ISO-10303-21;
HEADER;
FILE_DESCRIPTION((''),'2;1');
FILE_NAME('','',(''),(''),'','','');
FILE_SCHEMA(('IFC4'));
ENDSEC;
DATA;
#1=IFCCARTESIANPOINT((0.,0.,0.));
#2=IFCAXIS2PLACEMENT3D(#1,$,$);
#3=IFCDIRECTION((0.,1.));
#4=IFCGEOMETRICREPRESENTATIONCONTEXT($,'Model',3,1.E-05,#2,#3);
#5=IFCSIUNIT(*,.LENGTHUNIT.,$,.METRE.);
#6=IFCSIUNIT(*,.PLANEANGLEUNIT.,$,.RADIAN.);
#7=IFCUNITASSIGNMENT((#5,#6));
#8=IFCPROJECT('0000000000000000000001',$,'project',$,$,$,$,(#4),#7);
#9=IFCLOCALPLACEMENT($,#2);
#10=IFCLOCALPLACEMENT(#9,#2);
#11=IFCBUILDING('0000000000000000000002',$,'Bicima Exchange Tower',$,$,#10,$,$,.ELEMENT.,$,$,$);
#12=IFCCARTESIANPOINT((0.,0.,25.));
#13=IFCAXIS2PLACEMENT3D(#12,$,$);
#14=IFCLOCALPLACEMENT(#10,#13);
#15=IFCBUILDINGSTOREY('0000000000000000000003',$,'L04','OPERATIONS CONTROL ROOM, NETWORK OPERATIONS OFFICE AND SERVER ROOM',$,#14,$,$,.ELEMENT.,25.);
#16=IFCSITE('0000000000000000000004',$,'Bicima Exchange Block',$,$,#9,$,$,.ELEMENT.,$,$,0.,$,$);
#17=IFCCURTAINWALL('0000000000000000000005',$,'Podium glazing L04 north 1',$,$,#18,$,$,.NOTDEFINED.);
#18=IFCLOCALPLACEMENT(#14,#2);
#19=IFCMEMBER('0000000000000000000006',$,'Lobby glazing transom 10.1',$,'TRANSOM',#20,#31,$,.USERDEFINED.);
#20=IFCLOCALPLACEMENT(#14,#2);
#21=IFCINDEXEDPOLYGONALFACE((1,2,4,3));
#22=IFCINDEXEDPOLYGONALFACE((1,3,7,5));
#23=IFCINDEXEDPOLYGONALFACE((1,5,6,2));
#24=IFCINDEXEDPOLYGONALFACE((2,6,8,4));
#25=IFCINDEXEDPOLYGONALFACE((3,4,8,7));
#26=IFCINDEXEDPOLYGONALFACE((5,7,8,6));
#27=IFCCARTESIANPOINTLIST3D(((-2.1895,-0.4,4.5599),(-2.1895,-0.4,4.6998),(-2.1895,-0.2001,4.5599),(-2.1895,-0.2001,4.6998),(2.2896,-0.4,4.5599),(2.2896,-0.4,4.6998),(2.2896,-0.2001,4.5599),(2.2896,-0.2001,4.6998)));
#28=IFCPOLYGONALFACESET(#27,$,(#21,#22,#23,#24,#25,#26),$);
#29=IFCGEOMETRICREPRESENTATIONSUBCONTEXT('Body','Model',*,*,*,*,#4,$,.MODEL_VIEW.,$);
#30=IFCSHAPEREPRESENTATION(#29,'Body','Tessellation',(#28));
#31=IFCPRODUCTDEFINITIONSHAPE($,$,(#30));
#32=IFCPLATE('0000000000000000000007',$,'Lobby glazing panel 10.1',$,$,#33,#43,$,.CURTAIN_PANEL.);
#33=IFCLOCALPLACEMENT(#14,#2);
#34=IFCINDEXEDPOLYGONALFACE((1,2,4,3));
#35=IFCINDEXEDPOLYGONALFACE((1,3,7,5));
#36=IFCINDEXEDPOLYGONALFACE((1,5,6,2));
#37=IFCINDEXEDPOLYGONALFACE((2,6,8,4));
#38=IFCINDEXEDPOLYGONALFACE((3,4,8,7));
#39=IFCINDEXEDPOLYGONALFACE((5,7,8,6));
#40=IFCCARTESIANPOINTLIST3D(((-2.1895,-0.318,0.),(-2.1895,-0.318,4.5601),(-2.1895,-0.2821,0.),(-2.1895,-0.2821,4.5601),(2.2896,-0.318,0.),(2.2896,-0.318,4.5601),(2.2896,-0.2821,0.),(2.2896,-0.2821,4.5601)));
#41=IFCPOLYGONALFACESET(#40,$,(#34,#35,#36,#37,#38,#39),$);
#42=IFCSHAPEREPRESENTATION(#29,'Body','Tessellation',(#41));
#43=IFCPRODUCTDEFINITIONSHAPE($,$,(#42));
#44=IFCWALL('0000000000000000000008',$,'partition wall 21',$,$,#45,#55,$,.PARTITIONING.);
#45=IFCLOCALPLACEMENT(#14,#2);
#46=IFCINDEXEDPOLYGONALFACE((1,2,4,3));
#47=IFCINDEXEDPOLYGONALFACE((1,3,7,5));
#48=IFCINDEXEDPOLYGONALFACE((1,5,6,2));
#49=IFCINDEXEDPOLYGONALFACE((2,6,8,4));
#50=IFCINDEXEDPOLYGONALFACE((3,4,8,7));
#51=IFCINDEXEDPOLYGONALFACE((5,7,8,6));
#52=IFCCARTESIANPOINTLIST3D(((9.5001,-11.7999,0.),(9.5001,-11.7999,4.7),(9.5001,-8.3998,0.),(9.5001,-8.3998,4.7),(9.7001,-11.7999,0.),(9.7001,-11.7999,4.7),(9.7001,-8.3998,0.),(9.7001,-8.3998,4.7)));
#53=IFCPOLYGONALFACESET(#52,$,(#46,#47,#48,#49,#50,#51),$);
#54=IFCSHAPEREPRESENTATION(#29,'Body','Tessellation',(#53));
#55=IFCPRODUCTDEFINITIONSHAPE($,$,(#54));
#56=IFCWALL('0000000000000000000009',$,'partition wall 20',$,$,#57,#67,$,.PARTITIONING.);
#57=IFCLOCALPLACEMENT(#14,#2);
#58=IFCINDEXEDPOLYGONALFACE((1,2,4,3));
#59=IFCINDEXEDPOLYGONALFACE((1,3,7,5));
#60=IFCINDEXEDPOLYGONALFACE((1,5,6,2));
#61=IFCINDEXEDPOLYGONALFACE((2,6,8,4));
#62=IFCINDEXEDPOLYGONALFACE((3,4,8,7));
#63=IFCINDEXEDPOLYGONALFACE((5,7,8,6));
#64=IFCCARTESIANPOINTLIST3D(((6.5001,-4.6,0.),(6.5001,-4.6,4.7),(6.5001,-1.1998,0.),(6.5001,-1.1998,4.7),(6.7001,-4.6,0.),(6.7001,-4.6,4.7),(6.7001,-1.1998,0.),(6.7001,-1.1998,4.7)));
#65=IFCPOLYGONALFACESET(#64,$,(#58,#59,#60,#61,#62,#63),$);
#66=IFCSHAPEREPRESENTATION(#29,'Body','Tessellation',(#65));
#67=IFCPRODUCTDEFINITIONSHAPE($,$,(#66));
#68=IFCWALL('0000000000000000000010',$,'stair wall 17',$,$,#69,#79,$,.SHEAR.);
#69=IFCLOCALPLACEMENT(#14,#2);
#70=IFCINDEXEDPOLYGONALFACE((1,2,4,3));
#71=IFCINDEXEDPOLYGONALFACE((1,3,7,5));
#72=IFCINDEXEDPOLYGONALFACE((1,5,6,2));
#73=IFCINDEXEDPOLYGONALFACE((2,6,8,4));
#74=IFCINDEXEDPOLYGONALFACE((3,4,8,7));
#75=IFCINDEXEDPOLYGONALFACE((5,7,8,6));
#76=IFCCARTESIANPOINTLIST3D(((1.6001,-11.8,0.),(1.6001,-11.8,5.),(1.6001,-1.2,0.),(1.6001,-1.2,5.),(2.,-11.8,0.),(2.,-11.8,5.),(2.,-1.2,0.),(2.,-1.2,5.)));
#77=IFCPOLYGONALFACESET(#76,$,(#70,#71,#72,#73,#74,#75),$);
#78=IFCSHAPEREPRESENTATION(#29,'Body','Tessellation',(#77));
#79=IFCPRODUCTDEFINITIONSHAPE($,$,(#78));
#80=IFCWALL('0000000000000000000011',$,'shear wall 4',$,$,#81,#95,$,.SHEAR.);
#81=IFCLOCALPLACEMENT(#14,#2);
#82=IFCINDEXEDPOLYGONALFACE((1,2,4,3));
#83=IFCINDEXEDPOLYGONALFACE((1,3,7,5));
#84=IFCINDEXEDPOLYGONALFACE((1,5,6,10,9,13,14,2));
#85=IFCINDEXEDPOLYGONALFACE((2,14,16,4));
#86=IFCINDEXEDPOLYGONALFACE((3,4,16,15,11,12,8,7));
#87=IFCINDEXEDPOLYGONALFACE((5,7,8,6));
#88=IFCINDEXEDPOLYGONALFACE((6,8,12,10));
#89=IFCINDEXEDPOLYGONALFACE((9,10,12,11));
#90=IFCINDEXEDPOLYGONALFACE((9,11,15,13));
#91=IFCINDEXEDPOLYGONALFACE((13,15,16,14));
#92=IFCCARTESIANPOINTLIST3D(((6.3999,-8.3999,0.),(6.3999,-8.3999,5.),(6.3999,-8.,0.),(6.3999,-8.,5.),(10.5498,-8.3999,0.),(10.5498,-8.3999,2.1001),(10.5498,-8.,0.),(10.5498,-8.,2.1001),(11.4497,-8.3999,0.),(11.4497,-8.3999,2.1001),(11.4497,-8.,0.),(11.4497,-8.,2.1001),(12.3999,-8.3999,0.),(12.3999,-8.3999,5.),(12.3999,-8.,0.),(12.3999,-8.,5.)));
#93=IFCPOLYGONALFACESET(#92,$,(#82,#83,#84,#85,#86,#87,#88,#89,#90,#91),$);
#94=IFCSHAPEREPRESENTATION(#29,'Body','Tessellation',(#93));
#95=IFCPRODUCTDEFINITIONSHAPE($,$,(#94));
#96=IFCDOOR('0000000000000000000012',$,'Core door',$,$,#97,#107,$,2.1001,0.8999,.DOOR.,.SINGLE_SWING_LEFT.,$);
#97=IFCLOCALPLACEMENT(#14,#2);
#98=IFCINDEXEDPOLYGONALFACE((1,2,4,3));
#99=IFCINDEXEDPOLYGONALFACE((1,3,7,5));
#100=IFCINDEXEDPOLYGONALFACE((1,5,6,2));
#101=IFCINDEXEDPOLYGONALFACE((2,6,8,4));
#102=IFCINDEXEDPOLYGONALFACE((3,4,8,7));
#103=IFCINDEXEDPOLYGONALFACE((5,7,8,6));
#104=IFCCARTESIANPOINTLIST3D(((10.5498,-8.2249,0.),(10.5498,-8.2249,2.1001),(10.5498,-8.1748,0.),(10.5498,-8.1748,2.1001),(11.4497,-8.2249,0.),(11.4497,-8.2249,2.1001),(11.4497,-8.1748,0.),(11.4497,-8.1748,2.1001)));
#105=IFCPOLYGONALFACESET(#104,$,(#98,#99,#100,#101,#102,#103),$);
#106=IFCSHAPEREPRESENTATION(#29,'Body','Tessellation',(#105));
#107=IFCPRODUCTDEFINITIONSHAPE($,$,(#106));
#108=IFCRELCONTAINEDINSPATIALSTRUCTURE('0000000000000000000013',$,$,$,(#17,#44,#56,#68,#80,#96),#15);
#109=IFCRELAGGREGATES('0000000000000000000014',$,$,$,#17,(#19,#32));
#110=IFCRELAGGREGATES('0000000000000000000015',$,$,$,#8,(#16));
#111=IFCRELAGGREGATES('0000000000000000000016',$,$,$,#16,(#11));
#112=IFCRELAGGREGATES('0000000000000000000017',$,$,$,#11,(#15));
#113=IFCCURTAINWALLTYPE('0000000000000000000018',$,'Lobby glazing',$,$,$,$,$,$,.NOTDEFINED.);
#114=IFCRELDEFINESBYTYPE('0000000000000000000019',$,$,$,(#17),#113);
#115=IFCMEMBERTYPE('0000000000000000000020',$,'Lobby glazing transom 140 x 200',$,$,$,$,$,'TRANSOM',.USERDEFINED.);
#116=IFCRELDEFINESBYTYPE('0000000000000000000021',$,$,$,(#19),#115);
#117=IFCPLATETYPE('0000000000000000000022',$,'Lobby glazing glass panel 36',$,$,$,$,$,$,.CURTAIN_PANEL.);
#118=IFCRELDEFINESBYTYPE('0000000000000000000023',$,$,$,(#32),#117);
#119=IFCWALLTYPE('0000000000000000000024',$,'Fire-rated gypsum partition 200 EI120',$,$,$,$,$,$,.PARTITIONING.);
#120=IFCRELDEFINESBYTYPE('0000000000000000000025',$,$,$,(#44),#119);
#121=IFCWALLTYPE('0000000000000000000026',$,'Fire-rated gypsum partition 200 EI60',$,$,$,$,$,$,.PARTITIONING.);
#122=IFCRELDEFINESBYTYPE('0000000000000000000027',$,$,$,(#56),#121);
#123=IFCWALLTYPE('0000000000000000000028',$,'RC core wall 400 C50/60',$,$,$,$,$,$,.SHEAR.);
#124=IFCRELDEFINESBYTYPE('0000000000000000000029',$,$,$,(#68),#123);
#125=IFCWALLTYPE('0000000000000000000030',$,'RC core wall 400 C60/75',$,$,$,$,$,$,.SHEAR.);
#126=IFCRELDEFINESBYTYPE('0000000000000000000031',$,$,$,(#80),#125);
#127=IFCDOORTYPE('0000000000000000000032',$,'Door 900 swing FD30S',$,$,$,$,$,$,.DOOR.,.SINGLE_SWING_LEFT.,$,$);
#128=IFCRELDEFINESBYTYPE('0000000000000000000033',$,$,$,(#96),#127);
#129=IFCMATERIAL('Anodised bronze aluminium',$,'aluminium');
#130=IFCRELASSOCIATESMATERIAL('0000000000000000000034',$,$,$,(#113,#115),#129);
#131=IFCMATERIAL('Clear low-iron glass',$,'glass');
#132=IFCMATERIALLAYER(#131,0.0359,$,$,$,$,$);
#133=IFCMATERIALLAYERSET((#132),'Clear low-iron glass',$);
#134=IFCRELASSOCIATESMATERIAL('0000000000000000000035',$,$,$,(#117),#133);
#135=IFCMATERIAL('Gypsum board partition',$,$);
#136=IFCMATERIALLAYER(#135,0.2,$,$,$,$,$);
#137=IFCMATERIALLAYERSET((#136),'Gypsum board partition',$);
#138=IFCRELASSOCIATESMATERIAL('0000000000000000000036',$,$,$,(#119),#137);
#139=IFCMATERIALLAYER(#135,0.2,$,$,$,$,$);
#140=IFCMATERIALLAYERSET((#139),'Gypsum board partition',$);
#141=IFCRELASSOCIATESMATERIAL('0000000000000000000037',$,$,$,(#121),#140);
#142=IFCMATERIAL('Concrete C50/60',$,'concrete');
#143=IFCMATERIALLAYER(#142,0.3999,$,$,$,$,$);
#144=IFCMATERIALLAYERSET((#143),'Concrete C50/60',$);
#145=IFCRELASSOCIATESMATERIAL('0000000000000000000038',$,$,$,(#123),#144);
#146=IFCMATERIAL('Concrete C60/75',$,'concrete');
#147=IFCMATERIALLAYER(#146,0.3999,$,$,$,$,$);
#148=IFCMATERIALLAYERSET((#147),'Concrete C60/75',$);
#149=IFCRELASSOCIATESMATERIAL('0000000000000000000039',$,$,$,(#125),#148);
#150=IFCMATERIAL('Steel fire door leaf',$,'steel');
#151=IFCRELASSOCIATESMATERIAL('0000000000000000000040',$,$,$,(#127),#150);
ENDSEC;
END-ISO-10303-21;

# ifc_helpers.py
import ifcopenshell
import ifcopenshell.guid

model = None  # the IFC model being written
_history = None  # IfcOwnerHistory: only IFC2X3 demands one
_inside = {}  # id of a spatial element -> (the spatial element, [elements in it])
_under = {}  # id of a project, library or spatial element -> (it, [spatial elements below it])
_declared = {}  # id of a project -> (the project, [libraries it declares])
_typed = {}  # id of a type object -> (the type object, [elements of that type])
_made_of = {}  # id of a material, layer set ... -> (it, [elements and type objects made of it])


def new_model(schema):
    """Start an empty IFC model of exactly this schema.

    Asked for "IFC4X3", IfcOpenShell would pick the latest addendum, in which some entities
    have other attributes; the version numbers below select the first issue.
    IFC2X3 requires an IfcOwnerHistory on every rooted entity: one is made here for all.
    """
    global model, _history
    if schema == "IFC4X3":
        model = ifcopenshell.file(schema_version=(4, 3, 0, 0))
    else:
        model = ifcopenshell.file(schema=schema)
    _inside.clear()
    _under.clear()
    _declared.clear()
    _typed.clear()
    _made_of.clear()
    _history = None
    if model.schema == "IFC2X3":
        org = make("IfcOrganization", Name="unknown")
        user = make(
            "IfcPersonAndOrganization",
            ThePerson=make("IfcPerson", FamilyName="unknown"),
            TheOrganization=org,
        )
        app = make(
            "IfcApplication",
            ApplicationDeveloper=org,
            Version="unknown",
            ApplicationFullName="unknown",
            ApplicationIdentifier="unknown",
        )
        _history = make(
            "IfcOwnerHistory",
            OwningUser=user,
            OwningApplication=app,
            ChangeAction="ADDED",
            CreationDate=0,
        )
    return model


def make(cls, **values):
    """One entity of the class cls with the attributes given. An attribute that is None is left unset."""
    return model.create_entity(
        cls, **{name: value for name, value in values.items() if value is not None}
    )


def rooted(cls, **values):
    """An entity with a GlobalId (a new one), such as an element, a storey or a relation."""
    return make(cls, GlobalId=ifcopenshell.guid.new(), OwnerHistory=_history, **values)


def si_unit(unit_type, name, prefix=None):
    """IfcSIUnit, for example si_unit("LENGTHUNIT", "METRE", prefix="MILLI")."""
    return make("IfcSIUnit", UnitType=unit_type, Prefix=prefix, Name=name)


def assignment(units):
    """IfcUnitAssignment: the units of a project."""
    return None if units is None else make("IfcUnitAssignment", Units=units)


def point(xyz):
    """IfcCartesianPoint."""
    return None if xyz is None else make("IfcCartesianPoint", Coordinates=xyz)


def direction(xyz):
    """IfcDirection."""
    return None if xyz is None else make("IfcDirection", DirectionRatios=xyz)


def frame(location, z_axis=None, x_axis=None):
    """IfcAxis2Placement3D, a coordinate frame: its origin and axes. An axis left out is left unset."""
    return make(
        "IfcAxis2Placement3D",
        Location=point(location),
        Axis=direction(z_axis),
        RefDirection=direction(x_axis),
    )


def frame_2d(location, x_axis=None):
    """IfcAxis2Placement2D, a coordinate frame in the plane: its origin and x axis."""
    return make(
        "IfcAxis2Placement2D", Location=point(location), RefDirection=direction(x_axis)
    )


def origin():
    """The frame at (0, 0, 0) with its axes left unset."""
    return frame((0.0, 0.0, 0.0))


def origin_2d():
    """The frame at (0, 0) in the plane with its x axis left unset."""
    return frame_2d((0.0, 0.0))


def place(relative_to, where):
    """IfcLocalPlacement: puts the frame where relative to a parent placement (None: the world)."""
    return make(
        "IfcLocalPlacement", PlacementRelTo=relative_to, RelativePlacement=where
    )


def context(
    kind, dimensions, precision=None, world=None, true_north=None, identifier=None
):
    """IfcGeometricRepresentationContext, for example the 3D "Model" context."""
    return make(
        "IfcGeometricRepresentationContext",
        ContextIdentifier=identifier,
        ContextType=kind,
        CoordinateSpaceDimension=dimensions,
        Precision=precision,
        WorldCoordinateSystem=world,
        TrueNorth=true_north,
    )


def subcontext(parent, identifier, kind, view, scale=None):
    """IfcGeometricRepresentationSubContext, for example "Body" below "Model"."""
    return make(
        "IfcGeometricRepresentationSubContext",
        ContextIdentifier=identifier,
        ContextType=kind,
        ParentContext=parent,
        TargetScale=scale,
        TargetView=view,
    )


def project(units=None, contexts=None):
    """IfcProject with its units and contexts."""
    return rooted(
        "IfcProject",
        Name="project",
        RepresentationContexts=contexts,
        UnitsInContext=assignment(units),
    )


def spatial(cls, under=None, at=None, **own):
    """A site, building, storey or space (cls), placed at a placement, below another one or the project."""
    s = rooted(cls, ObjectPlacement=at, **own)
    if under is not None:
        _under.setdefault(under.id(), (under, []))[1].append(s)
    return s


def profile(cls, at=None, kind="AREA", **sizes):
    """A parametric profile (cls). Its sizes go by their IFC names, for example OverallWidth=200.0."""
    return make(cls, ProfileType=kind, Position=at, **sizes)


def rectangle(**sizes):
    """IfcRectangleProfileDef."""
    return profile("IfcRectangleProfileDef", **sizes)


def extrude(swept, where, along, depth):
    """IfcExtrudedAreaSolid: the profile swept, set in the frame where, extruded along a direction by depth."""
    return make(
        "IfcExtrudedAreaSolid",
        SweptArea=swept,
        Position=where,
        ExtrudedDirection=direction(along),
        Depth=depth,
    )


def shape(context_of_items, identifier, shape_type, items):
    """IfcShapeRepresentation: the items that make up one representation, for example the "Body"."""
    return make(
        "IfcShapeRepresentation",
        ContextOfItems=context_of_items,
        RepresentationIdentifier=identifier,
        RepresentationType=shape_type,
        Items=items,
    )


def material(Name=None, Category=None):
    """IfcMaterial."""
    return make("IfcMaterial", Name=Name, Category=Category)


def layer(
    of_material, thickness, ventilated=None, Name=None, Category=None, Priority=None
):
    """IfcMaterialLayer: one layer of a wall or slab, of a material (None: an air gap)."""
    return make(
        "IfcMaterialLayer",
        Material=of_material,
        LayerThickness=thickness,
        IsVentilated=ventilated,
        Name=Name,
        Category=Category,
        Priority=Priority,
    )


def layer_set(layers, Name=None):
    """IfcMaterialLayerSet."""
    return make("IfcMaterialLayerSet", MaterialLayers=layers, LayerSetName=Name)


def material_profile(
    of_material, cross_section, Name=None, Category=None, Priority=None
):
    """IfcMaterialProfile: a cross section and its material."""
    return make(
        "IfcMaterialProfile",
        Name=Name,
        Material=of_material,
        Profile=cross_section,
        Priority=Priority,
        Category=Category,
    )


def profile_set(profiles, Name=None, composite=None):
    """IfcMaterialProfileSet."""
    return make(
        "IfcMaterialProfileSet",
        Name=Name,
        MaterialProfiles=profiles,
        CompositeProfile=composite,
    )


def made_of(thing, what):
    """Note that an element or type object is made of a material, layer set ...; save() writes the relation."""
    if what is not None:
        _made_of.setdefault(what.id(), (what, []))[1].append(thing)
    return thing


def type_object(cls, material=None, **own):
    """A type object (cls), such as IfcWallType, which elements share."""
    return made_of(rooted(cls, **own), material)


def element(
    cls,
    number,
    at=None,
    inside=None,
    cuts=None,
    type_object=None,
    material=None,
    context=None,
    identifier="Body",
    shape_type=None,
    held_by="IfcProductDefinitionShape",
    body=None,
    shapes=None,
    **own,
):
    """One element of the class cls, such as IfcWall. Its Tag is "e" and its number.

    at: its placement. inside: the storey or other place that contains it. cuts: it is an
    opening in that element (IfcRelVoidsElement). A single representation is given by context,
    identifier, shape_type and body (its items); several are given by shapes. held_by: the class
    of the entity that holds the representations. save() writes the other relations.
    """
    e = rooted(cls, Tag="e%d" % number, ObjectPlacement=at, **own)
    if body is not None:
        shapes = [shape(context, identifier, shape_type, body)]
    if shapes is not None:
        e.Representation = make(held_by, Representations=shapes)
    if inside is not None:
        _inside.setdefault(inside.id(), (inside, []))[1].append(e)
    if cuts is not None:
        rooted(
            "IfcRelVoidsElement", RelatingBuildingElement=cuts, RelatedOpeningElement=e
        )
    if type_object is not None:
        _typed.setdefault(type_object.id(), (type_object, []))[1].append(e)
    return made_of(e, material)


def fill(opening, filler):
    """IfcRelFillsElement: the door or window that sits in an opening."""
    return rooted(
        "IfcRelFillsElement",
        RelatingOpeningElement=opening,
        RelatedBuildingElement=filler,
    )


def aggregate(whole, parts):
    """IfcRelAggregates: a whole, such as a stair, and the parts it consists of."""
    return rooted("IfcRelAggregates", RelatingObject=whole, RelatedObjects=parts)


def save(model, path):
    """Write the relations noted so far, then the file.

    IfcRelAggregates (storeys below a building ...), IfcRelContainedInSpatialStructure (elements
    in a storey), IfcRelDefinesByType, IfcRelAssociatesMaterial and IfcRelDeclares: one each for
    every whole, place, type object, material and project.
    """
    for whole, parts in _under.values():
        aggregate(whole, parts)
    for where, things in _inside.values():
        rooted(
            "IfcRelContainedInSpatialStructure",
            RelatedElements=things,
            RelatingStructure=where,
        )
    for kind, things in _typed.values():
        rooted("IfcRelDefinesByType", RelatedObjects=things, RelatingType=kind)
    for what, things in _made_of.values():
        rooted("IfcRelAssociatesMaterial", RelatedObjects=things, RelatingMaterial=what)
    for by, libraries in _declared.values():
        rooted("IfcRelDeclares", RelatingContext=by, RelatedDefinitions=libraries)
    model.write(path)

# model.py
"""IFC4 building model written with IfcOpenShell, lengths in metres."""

from ifc_helpers import new_model, si_unit, direction, frame, frame_2d, origin, origin_2d, place, context, subcontext, project, spatial, rectangle, extrude, material, layer, layer_set, material_profile, profile_set, type_object, element, fill, aggregate, save


model = new_model("IFC4")

# Units and contexts
model_context = context("Model", 3, precision=1e-05, world=origin(), true_north=direction((0.0, 1.0)))
body_context = subcontext(model_context, "Body", "Model", "MODEL_VIEW")
ifc_project = project(units=[si_unit("LENGTHUNIT", "METRE"), si_unit("PLANEANGLEUNIT", "RADIAN")], contexts=[model_context])

# Site, building, storey
site_placement = place(None, origin())
site = spatial("IfcSite", under=ifc_project, at=site_placement, Name="Bicima Exchange Block", CompositionType="ELEMENT", RefElevation=0.0)
building_placement = place(site_placement, origin())
building = spatial("IfcBuilding", under=site, at=building_placement, Name="Bicima Exchange Tower", CompositionType="ELEMENT")
storey_placement = place(building_placement, frame((0.0, 0.0, 25.0)))
storey = spatial("IfcBuildingStorey", under=building, at=storey_placement, Name="L04", Description="OPERATIONS CONTROL ROOM, NETWORK OPERATIONS OFFICE AND SERVER ROOM", CompositionType="ELEMENT", Elevation=25.0)

# Curtain wall, member, plate
ifc_material_1 = material(Name="Anodised bronze aluminium", Category="aluminium")
curtain_wall_type = type_object("IfcCurtainWallType", Name="Lobby glazing", PredefinedType="NOTDEFINED", material=ifc_material_1)
curtain_wall_placement = place(storey_placement, origin())
curtain_wall = element("IfcCurtainWall", 1, at=curtain_wall_placement, inside=storey, type_object=curtain_wall_type, Name="Podium glazing L04 north 1", PredefinedType="NOTDEFINED")
ifc_material_profile = material_profile(ifc_material_1, rectangle(XDim=0.2, YDim=0.1399, at=origin_2d()))
ifc_profile_set = profile_set([ifc_material_profile], Name="Anodised bronze aluminium")
member_type = type_object("IfcMemberType", Name="Lobby glazing transom 140 x 200", ElementType="TRANSOM", PredefinedType="USERDEFINED", material=ifc_profile_set)
member_placement = place(storey_placement, frame((2.2896, -0.3, 4.6299), z_axis=(-1.0, 0.0, 0.0), x_axis=(0.0, -1.0, 0.0)))
member = element("IfcMember", 2, at=member_placement, type_object=member_type, Name="Lobby glazing transom 10.1", ObjectType="TRANSOM", PredefinedType="USERDEFINED", context=body_context, shape_type="SweptSolid", body=[
    extrude(rectangle(XDim=0.2, YDim=0.1399, at=origin_2d()), origin(), (0.0, 0.0, 1.0), 4.479),
])
ifc_material_2 = material(Name="Clear low-iron glass", Category="glass")
ifc_layer_1 = layer(ifc_material_2, 0.0359)
ifc_layer_set_1 = layer_set([ifc_layer_1], Name="Clear low-iron glass")
plate_type = type_object("IfcPlateType", Name="Lobby glazing glass panel 36", PredefinedType="CURTAIN_PANEL", material=ifc_layer_set_1)
plate_placement = place(storey_placement, frame((0.05, -0.3, 0.0), z_axis=(0.0, 0.0, 1.0), x_axis=(-1.0, 0.0, 0.0)))
plate = element("IfcPlate", 3, at=plate_placement, type_object=plate_type, Name="Lobby glazing panel 10.1", PredefinedType="CURTAIN_PANEL", context=body_context, shape_type="SweptSolid", body=[
    extrude(rectangle(XDim=4.479, YDim=0.0359, at=origin_2d()), origin(), (0.0, 0.0, 1.0), 4.5601),
])
aggregate(curtain_wall, [member, plate])

# Walls
ifc_material_3 = material(Name="Gypsum board partition")
ifc_layer_2 = layer(ifc_material_3, 0.2)
ifc_layer_set_2 = layer_set([ifc_layer_2], Name="Gypsum board partition")
wall_type_1 = type_object("IfcWallType", Name="Fire-rated gypsum partition 200 EI120", PredefinedType="PARTITIONING", material=ifc_layer_set_2)
wall_1_placement = place(storey_placement, frame((9.6001, -11.8, 0.0), z_axis=(0.0, 0.0, 1.0), x_axis=(0.0, 1.0, 0.0)))
element("IfcWall", 4, at=wall_1_placement, inside=storey, type_object=wall_type_1, Name="partition wall 21", PredefinedType="PARTITIONING", context=body_context, shape_type="SweptSolid", body=[
    extrude(rectangle(XDim=3.4001, YDim=0.2, at=frame_2d((1.7002, 0.0))), origin(), (0.0, 0.0, 1.0), 4.7),
])
ifc_layer_3 = layer(ifc_material_3, 0.2)
ifc_layer_set_3 = layer_set([ifc_layer_3], Name="Gypsum board partition")
wall_type_2 = type_object("IfcWallType", Name="Fire-rated gypsum partition 200 EI60", PredefinedType="PARTITIONING", material=ifc_layer_set_3)
wall_2_placement = place(storey_placement, frame((6.6001, -4.6001, 0.0), z_axis=(0.0, 0.0, 1.0), x_axis=(0.0, 1.0, 0.0)))
element("IfcWall", 5, at=wall_2_placement, inside=storey, type_object=wall_type_2, Name="partition wall 20", PredefinedType="PARTITIONING", context=body_context, shape_type="SweptSolid", body=[
    extrude(rectangle(XDim=3.4001, YDim=0.2, at=frame_2d((1.7002, 0.0))), origin(), (0.0, 0.0, 1.0), 4.7),
])
ifc_material_4 = material(Name="Concrete C50/60", Category="concrete")
ifc_layer_4 = layer(ifc_material_4, 0.3999)
ifc_layer_set_4 = layer_set([ifc_layer_4], Name="Concrete C50/60")
wall_type_3 = type_object("IfcWallType", Name="RC core wall 400 C50/60", PredefinedType="SHEAR", material=ifc_layer_set_4)
wall_3_placement = place(storey_placement, frame((1.8, -11.8, 0.0), z_axis=(0.0, 0.0, 1.0), x_axis=(0.0, 1.0, 0.0)))
element("IfcWall", 6, at=wall_3_placement, inside=storey, type_object=wall_type_3, Name="stair wall 17", PredefinedType="SHEAR", context=body_context, shape_type="SweptSolid", body=[
    extrude(rectangle(XDim=10.6001, YDim=0.3999, at=frame_2d((5.3, 0.0))), origin(), (0.0, 0.0, 1.0), 5.0),
])

# Wall, opening, door
ifc_material_5 = material(Name="Concrete C60/75", Category="concrete")
ifc_layer_5 = layer(ifc_material_5, 0.3999)
ifc_layer_set_5 = layer_set([ifc_layer_5], Name="Concrete C60/75")
wall_type_4 = type_object("IfcWallType", Name="RC core wall 400 C60/75", PredefinedType="SHEAR", material=ifc_layer_set_5)
wall_4_placement = place(storey_placement, frame((6.3999, -8.2, 0.0), z_axis=(0.0, 0.0, 1.0), x_axis=(1.0, 0.0, 0.0)))
wall_4 = element("IfcWall", 7, at=wall_4_placement, inside=storey, type_object=wall_type_4, Name="shear wall 4", PredefinedType="SHEAR", context=body_context, shape_type="SweptSolid", body=[
    extrude(rectangle(XDim=6.0, YDim=0.3999, at=frame_2d((3.0, 0.0))), origin(), (0.0, 0.0, 1.0), 5.0),
])
opening_1_placement = place(wall_4_placement, frame((4.1499, 0.0, 0.0)))
opening_1 = element("IfcOpeningElement", 8, at=opening_1_placement, cuts=wall_4, PredefinedType="OPENING", context=body_context, shape_type="SweptSolid", body=[
    extrude(rectangle(XDim=0.8999, YDim=2.1001, at=frame_2d((0.45, 1.05))), frame((0.0, 0.2119, 0.0), z_axis=(0.0, -1.0, 0.0), x_axis=(1.0, 0.0, 0.0)), (0.0, 0.0, 1.0), 0.4238),
])
ifc_material_6 = material(Name="Steel fire door leaf", Category="steel")
door_type_1 = type_object("IfcDoorType", Name="Door 900 swing FD30S", OperationType="SINGLE_SWING_LEFT", PredefinedType="DOOR", material=ifc_material_6)
door_1_placement = place(opening_1_placement, frame((0.8999, 0.0, 0.0), z_axis=(0.0, 0.0, 1.0), x_axis=(-1.0, 0.0, 0.0)))
door_1 = element("IfcDoor", 9, at=door_1_placement, inside=storey, type_object=door_type_1, Name="Core door", OperationType="SINGLE_SWING_LEFT", OverallHeight=2.1001, OverallWidth=0.8999, PredefinedType="DOOR", context=body_context, shape_type="SweptSolid", body=[
    extrude(rectangle(XDim=0.8999, YDim=2.1001, at=frame_2d((0.45, 1.05))), frame((0.0, 0.0249, 0.0), z_axis=(0.0, -1.0, 0.0), x_axis=(1.0, 0.0, 0.0)), (0.0, 0.0, 1.0), 0.05),
])
fill(opening_1, door_1)

save(model, "model.ifc")
